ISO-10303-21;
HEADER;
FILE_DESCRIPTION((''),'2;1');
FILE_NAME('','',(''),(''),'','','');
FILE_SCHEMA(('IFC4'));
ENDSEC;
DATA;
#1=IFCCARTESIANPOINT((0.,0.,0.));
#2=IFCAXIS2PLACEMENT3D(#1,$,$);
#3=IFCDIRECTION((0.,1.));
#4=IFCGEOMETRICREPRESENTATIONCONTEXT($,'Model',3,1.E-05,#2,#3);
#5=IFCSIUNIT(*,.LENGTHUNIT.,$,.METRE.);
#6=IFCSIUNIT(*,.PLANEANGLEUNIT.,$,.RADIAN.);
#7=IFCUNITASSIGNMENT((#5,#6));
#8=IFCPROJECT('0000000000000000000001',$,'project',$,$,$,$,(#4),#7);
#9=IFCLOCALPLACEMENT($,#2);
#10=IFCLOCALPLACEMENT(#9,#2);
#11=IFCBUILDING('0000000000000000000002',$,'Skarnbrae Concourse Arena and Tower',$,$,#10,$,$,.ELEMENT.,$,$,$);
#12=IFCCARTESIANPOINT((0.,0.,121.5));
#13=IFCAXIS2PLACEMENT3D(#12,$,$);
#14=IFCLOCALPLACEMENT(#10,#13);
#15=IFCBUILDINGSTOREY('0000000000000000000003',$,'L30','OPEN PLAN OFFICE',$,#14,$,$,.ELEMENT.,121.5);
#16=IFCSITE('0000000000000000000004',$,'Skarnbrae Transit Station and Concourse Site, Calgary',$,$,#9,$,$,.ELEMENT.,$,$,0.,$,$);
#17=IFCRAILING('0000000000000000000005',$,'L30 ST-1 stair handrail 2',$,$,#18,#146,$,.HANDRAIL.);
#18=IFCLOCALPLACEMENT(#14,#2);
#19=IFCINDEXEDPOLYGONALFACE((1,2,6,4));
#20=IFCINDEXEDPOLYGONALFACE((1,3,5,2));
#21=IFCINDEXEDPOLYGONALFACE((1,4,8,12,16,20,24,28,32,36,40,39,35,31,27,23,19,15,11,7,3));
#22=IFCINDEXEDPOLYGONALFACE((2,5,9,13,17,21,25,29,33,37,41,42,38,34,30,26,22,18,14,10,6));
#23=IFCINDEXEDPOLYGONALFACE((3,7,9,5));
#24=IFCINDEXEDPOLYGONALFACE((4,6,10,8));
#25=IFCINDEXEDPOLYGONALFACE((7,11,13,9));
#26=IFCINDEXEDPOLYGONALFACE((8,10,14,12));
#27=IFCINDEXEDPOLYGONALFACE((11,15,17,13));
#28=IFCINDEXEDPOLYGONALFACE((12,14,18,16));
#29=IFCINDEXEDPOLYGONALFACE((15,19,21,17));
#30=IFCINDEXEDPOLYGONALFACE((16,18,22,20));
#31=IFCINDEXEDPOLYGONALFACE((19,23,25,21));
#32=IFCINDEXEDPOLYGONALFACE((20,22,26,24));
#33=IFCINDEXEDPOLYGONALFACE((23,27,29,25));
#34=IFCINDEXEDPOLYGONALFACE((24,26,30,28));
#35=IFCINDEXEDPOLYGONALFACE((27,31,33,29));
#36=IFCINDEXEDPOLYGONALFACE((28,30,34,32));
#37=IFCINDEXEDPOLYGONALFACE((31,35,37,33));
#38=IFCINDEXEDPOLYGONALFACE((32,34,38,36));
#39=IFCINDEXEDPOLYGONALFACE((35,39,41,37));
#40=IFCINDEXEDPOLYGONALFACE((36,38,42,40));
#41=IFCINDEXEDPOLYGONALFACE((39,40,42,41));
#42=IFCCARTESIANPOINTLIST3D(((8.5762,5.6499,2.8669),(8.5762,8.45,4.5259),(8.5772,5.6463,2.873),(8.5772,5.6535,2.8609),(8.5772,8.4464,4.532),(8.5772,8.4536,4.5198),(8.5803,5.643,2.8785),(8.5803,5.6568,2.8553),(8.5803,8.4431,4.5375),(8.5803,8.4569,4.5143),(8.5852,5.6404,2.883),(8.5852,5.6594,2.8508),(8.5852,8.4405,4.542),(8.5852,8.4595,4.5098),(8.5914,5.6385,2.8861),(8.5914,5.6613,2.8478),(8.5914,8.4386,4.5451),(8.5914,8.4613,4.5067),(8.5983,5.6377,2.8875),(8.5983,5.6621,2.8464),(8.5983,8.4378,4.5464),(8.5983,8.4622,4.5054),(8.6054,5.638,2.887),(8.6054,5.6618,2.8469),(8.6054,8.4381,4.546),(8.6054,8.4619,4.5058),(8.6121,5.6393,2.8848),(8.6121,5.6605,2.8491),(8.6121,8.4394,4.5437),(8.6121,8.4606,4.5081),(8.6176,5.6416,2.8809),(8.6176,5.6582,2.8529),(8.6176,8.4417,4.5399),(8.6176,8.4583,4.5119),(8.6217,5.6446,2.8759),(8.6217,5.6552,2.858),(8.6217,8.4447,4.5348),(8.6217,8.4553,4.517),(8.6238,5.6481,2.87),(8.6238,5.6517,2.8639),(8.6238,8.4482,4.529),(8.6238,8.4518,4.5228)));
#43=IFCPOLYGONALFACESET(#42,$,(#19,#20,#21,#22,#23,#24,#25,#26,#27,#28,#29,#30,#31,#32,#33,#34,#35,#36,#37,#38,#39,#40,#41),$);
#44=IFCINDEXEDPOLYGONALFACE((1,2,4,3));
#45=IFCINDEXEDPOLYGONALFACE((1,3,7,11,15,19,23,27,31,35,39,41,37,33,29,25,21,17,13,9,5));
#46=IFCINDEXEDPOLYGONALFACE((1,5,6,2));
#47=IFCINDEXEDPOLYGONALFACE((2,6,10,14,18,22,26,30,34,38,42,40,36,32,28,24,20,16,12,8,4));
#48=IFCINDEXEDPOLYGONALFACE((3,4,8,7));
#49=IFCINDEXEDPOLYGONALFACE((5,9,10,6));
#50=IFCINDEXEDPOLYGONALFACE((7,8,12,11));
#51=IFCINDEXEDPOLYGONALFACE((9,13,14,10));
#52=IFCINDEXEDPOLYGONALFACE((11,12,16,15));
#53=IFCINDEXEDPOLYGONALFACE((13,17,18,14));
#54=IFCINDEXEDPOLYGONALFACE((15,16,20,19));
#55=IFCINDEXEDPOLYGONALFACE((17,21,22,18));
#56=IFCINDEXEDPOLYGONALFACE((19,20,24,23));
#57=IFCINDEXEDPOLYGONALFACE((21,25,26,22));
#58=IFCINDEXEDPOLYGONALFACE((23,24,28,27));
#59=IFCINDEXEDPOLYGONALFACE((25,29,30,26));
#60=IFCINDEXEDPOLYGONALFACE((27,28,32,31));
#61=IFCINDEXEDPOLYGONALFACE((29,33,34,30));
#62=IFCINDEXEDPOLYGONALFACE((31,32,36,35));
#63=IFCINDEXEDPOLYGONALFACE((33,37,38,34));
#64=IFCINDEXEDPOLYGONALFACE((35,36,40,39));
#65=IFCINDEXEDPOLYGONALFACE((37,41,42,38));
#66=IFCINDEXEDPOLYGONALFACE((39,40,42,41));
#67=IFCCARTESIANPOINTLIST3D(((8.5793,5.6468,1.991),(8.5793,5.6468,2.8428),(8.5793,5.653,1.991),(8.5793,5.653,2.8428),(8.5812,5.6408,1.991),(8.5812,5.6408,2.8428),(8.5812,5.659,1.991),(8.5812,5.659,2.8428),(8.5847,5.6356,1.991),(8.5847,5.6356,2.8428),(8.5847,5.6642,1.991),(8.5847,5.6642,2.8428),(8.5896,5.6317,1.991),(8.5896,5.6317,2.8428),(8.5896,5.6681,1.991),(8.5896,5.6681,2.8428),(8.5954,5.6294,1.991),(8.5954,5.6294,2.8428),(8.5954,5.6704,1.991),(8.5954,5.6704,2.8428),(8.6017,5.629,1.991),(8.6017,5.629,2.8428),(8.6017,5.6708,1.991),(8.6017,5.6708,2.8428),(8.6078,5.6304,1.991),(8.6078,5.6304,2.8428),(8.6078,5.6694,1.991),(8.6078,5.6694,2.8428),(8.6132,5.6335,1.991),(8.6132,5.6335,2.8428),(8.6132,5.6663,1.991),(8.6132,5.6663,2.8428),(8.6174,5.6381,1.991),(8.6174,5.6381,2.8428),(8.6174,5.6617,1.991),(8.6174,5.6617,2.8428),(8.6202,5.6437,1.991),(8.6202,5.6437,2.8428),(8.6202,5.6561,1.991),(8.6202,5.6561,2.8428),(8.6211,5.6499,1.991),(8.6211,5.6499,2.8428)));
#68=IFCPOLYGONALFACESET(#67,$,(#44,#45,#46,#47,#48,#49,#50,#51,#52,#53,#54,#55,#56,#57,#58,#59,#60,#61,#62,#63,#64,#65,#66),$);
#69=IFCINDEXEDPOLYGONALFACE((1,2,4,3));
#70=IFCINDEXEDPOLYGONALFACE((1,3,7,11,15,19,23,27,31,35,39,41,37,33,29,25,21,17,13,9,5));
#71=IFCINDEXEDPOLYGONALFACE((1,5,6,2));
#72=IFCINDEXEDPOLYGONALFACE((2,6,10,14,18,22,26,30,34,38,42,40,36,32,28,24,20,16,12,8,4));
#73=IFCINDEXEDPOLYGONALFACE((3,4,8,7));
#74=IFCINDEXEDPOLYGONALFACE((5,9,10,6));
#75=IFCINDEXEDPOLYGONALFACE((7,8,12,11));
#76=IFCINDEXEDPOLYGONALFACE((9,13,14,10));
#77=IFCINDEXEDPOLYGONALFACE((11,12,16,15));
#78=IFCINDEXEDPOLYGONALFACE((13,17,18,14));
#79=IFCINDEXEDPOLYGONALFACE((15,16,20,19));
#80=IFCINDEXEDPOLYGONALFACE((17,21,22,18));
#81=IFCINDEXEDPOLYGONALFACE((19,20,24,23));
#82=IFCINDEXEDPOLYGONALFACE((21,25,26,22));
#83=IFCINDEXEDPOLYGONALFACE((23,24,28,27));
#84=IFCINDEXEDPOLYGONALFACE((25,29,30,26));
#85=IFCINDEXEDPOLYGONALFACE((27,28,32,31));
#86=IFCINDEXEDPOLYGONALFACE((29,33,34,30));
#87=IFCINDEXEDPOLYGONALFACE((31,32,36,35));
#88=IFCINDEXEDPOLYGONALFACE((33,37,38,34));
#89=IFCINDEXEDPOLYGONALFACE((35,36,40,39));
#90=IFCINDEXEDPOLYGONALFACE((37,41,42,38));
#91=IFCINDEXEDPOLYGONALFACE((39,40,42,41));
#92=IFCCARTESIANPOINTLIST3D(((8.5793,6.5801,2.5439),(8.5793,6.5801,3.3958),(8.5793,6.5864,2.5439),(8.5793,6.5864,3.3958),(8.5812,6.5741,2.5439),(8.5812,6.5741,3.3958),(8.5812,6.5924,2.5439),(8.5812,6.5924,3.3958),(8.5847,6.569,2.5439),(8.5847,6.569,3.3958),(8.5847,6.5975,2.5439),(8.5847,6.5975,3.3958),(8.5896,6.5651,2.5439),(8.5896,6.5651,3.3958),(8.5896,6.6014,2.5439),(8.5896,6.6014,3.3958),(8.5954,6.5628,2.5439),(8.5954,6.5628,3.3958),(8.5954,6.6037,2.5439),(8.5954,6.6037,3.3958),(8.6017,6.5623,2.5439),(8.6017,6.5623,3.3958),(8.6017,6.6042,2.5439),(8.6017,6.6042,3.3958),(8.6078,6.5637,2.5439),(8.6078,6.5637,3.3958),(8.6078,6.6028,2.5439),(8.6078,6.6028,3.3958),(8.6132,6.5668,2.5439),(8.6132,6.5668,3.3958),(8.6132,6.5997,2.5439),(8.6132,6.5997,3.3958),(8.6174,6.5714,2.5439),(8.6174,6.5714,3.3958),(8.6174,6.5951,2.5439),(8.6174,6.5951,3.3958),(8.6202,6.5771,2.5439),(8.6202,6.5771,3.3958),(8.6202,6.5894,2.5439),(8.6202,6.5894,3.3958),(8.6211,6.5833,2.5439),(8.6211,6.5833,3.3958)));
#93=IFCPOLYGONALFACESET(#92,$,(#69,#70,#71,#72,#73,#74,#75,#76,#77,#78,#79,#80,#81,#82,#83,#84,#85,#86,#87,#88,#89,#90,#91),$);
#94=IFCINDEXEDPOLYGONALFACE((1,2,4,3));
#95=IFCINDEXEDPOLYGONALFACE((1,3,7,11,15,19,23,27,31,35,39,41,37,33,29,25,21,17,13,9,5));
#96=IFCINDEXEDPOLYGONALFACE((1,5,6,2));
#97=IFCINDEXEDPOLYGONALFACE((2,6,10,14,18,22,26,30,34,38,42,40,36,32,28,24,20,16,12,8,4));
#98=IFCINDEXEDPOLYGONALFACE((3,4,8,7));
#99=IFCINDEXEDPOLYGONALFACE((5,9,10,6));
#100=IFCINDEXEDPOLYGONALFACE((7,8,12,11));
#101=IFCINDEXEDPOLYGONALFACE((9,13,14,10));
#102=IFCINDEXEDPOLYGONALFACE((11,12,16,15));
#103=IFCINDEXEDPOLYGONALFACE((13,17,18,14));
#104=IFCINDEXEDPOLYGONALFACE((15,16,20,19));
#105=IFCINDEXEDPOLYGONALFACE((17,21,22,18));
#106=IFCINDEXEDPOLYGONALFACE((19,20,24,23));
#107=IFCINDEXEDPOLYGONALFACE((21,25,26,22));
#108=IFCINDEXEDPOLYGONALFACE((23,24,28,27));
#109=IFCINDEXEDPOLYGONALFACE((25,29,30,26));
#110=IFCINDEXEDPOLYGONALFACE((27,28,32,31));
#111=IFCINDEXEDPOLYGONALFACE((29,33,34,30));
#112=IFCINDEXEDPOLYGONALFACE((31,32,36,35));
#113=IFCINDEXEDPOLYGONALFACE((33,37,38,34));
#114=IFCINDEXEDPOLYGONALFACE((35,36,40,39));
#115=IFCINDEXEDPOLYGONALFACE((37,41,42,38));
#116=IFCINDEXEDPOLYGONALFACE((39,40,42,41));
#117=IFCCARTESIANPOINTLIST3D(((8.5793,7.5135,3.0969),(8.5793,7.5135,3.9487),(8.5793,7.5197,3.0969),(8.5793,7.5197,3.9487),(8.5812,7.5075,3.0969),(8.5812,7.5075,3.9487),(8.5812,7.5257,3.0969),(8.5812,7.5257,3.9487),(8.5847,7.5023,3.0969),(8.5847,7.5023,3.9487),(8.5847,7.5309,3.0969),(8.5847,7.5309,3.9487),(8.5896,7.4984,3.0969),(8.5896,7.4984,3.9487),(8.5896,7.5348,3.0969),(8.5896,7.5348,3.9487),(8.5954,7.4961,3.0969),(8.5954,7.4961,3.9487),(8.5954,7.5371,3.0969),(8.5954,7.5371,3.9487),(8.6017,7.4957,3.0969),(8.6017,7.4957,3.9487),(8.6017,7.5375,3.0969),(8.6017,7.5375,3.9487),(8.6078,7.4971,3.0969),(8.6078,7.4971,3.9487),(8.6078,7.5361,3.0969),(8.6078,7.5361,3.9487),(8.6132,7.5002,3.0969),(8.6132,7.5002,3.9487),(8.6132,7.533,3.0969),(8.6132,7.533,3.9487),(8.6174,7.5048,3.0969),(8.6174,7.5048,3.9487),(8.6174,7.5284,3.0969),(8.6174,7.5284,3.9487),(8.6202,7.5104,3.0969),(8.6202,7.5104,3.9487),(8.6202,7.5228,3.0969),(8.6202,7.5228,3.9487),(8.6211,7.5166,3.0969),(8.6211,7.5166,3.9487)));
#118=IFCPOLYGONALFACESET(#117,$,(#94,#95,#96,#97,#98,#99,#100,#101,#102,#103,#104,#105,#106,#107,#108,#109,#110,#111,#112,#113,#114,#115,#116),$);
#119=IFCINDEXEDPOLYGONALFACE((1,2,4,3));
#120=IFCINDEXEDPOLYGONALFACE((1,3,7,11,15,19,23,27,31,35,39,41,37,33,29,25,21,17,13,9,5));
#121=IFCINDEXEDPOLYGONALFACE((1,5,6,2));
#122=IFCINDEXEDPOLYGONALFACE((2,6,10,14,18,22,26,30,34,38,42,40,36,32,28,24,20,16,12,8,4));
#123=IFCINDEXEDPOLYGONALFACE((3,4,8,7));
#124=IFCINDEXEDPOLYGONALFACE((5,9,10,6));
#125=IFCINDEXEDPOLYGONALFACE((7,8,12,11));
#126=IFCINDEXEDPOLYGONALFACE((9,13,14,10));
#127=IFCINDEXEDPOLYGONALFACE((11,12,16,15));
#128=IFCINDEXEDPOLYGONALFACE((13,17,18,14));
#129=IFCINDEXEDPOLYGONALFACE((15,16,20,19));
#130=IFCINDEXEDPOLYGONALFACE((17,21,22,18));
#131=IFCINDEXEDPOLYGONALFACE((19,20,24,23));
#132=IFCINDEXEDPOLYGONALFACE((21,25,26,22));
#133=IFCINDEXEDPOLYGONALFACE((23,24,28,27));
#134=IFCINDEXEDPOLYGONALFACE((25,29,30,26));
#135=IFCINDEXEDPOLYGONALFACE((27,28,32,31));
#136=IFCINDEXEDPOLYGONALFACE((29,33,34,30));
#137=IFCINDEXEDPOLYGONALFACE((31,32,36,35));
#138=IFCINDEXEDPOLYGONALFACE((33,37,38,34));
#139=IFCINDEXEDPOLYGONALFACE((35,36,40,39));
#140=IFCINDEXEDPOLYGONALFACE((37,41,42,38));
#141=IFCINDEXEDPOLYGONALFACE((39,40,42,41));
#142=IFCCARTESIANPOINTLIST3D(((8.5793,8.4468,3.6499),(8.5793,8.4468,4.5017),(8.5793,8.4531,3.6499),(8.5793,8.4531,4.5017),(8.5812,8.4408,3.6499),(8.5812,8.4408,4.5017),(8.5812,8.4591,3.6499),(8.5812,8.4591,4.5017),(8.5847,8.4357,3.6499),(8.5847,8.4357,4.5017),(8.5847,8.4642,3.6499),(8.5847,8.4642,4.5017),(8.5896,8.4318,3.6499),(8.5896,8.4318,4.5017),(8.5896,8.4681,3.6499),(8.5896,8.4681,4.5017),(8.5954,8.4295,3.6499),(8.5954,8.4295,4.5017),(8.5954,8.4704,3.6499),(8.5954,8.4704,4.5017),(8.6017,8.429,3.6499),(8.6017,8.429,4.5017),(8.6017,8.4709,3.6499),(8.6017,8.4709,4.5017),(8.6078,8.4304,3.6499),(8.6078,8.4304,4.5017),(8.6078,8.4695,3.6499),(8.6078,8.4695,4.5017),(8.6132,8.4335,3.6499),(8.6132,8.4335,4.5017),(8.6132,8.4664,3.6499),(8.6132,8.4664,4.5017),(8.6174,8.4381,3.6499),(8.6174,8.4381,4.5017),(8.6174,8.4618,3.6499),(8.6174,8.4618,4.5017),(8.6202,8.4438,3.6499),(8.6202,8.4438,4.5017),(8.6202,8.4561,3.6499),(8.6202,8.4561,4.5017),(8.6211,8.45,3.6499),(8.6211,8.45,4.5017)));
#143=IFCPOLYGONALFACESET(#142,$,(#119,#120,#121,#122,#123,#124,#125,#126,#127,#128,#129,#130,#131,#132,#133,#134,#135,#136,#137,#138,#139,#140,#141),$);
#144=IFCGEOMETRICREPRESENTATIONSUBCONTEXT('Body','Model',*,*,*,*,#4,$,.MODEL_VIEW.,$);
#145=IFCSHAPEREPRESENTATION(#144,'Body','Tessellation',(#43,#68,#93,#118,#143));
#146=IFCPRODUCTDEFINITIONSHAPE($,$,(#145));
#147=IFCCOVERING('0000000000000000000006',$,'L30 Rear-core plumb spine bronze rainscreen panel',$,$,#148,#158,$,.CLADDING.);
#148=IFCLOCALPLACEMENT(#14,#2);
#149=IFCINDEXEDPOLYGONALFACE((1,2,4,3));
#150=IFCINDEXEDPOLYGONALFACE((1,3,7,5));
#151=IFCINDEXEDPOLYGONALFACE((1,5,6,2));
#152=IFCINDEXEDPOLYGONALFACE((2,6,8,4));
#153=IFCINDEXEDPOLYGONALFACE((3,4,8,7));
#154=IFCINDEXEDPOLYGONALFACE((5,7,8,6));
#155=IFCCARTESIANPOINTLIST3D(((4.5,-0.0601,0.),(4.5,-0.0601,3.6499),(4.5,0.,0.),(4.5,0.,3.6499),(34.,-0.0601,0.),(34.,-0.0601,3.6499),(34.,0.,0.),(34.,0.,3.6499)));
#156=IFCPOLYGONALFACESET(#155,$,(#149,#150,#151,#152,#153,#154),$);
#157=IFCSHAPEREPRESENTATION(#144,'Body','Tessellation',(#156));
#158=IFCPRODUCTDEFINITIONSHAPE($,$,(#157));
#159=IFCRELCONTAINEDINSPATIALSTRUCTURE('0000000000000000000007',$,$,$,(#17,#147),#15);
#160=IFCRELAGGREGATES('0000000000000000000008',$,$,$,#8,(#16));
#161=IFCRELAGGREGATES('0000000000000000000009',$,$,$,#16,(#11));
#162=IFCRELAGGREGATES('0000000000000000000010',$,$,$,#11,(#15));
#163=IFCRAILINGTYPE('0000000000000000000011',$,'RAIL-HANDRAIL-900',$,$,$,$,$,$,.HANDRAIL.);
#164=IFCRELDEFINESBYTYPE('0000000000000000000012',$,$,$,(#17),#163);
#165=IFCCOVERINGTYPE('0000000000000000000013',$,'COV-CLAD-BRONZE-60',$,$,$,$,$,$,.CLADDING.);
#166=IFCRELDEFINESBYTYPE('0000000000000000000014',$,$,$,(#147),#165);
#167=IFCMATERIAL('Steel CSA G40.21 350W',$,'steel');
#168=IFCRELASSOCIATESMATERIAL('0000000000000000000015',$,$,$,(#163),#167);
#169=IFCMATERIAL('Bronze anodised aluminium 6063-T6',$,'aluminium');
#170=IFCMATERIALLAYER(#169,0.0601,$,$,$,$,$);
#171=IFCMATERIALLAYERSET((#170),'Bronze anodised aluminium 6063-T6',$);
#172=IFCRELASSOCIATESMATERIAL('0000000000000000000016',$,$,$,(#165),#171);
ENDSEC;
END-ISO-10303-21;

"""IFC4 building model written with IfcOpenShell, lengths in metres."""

from ifc_helpers import new_model, si_unit, direction, frame, origin, origin_2d, place, context, subcontext, project, spatial, rectangle, circle, extrude, source, transform, mapped, material, layer, layer_set, type_object, element, save


model = new_model("IFC4")

# Units and contexts
model_context = context("Model", 3, precision=1e-05, world=origin(), true_north=direction((0.0, 1.0)))
body_context = subcontext(model_context, "Body", "Model", "MODEL_VIEW")
ifc_project = project(units=[si_unit("LENGTHUNIT", "METRE"), si_unit("PLANEANGLEUNIT", "RADIAN")], contexts=[model_context])

# Site, building, storey
site_placement = place(None, origin())
site = spatial("IfcSite", under=ifc_project, at=site_placement, Name="Skarnbrae Transit Station and Concourse Site, Calgary", CompositionType="ELEMENT", RefElevation=0.0)
building_placement = place(site_placement, origin())
building = spatial("IfcBuilding", under=site, at=building_placement, Name="Skarnbrae Concourse Arena and Tower", CompositionType="ELEMENT")
storey_placement = place(building_placement, frame((0.0, 0.0, 121.5)))
storey = spatial("IfcBuildingStorey", under=building, at=storey_placement, Name="L30", Description="OPEN PLAN OFFICE", CompositionType="ELEMENT", Elevation=121.5)

# Shared definitions
ifc_material_1 = material(Name="Steel CSA G40.21 350W", Category="steel")

# Shared definitions
ifc_material_2 = material(Name="Bronze anodised aluminium 6063-T6", Category="aluminium")

# Railing
railing_type = type_object("IfcRailingType", Name="RAIL-HANDRAIL-900", PredefinedType="HANDRAIL", material=ifc_material_1)
railing_placement = place(storey_placement, frame((8.6001, 5.6499, 1.991)))
element("IfcRailing", 1, at=railing_placement, inside=storey, type_object=railing_type, Name="L30 ST-1 stair handrail 2", PredefinedType="HANDRAIL", context=body_context, shape_type="SweptSolid", body=[
    extrude(circle(Radius=0.0239, at=origin_2d()), frame((0.0, 0.0, 0.876), z_axis=(0.0, 0.860339, 0.509722), x_axis=(-1.0, 0.0, 0.0)), (0.0, 0.0, 1.0), 3.2546),
    extrude(circle(Radius=0.021, at=origin_2d()), origin(), (0.0, 0.0, 1.0), 0.8518),
    extrude(circle(Radius=0.021, at=origin_2d()), frame((0.0, 0.9333, 0.553)), (0.0, 0.0, 1.0), 0.8518),
    extrude(circle(Radius=0.021, at=origin_2d()), frame((0.0, 1.8667, 1.106)), (0.0, 0.0, 1.0), 0.8518),
    extrude(circle(Radius=0.021, at=origin_2d()), frame((0.0, 2.8, 1.6589)), (0.0, 0.0, 1.0), 0.8518),
])

# Covering
ifc_layer_1 = layer(ifc_material_2, 0.0601)
ifc_layer_set_1 = layer_set([ifc_layer_1], Name="Bronze anodised aluminium 6063-T6")
covering_type = type_object("IfcCoveringType", Name="COV-CLAD-BRONZE-60", PredefinedType="CLADDING", material=ifc_layer_set_1)
shared_shape_1 = source(origin(), body_context, "Body", "SweptSolid", [
    extrude(rectangle(XDim=29.5, YDim=0.0601, at=origin_2d()), origin(), (0.0, 0.0, 1.0), 3.6499),
])
covering_placement = place(storey_placement, frame((19.25, -0.03, 0.0), z_axis=(0.0, 0.0, 1.0), x_axis=(1.0, 0.0, 0.0)))
element("IfcCovering", 2, at=covering_placement, inside=storey, type_object=covering_type, Name="L30 Rear-core plumb spine bronze rainscreen panel", PredefinedType="CLADDING", context=body_context, shape_type="MappedRepresentation", body=[
    mapped(shared_shape_1, transform((0.0, 0.0, 0.0))),
])

save(model, "model.ifc")
